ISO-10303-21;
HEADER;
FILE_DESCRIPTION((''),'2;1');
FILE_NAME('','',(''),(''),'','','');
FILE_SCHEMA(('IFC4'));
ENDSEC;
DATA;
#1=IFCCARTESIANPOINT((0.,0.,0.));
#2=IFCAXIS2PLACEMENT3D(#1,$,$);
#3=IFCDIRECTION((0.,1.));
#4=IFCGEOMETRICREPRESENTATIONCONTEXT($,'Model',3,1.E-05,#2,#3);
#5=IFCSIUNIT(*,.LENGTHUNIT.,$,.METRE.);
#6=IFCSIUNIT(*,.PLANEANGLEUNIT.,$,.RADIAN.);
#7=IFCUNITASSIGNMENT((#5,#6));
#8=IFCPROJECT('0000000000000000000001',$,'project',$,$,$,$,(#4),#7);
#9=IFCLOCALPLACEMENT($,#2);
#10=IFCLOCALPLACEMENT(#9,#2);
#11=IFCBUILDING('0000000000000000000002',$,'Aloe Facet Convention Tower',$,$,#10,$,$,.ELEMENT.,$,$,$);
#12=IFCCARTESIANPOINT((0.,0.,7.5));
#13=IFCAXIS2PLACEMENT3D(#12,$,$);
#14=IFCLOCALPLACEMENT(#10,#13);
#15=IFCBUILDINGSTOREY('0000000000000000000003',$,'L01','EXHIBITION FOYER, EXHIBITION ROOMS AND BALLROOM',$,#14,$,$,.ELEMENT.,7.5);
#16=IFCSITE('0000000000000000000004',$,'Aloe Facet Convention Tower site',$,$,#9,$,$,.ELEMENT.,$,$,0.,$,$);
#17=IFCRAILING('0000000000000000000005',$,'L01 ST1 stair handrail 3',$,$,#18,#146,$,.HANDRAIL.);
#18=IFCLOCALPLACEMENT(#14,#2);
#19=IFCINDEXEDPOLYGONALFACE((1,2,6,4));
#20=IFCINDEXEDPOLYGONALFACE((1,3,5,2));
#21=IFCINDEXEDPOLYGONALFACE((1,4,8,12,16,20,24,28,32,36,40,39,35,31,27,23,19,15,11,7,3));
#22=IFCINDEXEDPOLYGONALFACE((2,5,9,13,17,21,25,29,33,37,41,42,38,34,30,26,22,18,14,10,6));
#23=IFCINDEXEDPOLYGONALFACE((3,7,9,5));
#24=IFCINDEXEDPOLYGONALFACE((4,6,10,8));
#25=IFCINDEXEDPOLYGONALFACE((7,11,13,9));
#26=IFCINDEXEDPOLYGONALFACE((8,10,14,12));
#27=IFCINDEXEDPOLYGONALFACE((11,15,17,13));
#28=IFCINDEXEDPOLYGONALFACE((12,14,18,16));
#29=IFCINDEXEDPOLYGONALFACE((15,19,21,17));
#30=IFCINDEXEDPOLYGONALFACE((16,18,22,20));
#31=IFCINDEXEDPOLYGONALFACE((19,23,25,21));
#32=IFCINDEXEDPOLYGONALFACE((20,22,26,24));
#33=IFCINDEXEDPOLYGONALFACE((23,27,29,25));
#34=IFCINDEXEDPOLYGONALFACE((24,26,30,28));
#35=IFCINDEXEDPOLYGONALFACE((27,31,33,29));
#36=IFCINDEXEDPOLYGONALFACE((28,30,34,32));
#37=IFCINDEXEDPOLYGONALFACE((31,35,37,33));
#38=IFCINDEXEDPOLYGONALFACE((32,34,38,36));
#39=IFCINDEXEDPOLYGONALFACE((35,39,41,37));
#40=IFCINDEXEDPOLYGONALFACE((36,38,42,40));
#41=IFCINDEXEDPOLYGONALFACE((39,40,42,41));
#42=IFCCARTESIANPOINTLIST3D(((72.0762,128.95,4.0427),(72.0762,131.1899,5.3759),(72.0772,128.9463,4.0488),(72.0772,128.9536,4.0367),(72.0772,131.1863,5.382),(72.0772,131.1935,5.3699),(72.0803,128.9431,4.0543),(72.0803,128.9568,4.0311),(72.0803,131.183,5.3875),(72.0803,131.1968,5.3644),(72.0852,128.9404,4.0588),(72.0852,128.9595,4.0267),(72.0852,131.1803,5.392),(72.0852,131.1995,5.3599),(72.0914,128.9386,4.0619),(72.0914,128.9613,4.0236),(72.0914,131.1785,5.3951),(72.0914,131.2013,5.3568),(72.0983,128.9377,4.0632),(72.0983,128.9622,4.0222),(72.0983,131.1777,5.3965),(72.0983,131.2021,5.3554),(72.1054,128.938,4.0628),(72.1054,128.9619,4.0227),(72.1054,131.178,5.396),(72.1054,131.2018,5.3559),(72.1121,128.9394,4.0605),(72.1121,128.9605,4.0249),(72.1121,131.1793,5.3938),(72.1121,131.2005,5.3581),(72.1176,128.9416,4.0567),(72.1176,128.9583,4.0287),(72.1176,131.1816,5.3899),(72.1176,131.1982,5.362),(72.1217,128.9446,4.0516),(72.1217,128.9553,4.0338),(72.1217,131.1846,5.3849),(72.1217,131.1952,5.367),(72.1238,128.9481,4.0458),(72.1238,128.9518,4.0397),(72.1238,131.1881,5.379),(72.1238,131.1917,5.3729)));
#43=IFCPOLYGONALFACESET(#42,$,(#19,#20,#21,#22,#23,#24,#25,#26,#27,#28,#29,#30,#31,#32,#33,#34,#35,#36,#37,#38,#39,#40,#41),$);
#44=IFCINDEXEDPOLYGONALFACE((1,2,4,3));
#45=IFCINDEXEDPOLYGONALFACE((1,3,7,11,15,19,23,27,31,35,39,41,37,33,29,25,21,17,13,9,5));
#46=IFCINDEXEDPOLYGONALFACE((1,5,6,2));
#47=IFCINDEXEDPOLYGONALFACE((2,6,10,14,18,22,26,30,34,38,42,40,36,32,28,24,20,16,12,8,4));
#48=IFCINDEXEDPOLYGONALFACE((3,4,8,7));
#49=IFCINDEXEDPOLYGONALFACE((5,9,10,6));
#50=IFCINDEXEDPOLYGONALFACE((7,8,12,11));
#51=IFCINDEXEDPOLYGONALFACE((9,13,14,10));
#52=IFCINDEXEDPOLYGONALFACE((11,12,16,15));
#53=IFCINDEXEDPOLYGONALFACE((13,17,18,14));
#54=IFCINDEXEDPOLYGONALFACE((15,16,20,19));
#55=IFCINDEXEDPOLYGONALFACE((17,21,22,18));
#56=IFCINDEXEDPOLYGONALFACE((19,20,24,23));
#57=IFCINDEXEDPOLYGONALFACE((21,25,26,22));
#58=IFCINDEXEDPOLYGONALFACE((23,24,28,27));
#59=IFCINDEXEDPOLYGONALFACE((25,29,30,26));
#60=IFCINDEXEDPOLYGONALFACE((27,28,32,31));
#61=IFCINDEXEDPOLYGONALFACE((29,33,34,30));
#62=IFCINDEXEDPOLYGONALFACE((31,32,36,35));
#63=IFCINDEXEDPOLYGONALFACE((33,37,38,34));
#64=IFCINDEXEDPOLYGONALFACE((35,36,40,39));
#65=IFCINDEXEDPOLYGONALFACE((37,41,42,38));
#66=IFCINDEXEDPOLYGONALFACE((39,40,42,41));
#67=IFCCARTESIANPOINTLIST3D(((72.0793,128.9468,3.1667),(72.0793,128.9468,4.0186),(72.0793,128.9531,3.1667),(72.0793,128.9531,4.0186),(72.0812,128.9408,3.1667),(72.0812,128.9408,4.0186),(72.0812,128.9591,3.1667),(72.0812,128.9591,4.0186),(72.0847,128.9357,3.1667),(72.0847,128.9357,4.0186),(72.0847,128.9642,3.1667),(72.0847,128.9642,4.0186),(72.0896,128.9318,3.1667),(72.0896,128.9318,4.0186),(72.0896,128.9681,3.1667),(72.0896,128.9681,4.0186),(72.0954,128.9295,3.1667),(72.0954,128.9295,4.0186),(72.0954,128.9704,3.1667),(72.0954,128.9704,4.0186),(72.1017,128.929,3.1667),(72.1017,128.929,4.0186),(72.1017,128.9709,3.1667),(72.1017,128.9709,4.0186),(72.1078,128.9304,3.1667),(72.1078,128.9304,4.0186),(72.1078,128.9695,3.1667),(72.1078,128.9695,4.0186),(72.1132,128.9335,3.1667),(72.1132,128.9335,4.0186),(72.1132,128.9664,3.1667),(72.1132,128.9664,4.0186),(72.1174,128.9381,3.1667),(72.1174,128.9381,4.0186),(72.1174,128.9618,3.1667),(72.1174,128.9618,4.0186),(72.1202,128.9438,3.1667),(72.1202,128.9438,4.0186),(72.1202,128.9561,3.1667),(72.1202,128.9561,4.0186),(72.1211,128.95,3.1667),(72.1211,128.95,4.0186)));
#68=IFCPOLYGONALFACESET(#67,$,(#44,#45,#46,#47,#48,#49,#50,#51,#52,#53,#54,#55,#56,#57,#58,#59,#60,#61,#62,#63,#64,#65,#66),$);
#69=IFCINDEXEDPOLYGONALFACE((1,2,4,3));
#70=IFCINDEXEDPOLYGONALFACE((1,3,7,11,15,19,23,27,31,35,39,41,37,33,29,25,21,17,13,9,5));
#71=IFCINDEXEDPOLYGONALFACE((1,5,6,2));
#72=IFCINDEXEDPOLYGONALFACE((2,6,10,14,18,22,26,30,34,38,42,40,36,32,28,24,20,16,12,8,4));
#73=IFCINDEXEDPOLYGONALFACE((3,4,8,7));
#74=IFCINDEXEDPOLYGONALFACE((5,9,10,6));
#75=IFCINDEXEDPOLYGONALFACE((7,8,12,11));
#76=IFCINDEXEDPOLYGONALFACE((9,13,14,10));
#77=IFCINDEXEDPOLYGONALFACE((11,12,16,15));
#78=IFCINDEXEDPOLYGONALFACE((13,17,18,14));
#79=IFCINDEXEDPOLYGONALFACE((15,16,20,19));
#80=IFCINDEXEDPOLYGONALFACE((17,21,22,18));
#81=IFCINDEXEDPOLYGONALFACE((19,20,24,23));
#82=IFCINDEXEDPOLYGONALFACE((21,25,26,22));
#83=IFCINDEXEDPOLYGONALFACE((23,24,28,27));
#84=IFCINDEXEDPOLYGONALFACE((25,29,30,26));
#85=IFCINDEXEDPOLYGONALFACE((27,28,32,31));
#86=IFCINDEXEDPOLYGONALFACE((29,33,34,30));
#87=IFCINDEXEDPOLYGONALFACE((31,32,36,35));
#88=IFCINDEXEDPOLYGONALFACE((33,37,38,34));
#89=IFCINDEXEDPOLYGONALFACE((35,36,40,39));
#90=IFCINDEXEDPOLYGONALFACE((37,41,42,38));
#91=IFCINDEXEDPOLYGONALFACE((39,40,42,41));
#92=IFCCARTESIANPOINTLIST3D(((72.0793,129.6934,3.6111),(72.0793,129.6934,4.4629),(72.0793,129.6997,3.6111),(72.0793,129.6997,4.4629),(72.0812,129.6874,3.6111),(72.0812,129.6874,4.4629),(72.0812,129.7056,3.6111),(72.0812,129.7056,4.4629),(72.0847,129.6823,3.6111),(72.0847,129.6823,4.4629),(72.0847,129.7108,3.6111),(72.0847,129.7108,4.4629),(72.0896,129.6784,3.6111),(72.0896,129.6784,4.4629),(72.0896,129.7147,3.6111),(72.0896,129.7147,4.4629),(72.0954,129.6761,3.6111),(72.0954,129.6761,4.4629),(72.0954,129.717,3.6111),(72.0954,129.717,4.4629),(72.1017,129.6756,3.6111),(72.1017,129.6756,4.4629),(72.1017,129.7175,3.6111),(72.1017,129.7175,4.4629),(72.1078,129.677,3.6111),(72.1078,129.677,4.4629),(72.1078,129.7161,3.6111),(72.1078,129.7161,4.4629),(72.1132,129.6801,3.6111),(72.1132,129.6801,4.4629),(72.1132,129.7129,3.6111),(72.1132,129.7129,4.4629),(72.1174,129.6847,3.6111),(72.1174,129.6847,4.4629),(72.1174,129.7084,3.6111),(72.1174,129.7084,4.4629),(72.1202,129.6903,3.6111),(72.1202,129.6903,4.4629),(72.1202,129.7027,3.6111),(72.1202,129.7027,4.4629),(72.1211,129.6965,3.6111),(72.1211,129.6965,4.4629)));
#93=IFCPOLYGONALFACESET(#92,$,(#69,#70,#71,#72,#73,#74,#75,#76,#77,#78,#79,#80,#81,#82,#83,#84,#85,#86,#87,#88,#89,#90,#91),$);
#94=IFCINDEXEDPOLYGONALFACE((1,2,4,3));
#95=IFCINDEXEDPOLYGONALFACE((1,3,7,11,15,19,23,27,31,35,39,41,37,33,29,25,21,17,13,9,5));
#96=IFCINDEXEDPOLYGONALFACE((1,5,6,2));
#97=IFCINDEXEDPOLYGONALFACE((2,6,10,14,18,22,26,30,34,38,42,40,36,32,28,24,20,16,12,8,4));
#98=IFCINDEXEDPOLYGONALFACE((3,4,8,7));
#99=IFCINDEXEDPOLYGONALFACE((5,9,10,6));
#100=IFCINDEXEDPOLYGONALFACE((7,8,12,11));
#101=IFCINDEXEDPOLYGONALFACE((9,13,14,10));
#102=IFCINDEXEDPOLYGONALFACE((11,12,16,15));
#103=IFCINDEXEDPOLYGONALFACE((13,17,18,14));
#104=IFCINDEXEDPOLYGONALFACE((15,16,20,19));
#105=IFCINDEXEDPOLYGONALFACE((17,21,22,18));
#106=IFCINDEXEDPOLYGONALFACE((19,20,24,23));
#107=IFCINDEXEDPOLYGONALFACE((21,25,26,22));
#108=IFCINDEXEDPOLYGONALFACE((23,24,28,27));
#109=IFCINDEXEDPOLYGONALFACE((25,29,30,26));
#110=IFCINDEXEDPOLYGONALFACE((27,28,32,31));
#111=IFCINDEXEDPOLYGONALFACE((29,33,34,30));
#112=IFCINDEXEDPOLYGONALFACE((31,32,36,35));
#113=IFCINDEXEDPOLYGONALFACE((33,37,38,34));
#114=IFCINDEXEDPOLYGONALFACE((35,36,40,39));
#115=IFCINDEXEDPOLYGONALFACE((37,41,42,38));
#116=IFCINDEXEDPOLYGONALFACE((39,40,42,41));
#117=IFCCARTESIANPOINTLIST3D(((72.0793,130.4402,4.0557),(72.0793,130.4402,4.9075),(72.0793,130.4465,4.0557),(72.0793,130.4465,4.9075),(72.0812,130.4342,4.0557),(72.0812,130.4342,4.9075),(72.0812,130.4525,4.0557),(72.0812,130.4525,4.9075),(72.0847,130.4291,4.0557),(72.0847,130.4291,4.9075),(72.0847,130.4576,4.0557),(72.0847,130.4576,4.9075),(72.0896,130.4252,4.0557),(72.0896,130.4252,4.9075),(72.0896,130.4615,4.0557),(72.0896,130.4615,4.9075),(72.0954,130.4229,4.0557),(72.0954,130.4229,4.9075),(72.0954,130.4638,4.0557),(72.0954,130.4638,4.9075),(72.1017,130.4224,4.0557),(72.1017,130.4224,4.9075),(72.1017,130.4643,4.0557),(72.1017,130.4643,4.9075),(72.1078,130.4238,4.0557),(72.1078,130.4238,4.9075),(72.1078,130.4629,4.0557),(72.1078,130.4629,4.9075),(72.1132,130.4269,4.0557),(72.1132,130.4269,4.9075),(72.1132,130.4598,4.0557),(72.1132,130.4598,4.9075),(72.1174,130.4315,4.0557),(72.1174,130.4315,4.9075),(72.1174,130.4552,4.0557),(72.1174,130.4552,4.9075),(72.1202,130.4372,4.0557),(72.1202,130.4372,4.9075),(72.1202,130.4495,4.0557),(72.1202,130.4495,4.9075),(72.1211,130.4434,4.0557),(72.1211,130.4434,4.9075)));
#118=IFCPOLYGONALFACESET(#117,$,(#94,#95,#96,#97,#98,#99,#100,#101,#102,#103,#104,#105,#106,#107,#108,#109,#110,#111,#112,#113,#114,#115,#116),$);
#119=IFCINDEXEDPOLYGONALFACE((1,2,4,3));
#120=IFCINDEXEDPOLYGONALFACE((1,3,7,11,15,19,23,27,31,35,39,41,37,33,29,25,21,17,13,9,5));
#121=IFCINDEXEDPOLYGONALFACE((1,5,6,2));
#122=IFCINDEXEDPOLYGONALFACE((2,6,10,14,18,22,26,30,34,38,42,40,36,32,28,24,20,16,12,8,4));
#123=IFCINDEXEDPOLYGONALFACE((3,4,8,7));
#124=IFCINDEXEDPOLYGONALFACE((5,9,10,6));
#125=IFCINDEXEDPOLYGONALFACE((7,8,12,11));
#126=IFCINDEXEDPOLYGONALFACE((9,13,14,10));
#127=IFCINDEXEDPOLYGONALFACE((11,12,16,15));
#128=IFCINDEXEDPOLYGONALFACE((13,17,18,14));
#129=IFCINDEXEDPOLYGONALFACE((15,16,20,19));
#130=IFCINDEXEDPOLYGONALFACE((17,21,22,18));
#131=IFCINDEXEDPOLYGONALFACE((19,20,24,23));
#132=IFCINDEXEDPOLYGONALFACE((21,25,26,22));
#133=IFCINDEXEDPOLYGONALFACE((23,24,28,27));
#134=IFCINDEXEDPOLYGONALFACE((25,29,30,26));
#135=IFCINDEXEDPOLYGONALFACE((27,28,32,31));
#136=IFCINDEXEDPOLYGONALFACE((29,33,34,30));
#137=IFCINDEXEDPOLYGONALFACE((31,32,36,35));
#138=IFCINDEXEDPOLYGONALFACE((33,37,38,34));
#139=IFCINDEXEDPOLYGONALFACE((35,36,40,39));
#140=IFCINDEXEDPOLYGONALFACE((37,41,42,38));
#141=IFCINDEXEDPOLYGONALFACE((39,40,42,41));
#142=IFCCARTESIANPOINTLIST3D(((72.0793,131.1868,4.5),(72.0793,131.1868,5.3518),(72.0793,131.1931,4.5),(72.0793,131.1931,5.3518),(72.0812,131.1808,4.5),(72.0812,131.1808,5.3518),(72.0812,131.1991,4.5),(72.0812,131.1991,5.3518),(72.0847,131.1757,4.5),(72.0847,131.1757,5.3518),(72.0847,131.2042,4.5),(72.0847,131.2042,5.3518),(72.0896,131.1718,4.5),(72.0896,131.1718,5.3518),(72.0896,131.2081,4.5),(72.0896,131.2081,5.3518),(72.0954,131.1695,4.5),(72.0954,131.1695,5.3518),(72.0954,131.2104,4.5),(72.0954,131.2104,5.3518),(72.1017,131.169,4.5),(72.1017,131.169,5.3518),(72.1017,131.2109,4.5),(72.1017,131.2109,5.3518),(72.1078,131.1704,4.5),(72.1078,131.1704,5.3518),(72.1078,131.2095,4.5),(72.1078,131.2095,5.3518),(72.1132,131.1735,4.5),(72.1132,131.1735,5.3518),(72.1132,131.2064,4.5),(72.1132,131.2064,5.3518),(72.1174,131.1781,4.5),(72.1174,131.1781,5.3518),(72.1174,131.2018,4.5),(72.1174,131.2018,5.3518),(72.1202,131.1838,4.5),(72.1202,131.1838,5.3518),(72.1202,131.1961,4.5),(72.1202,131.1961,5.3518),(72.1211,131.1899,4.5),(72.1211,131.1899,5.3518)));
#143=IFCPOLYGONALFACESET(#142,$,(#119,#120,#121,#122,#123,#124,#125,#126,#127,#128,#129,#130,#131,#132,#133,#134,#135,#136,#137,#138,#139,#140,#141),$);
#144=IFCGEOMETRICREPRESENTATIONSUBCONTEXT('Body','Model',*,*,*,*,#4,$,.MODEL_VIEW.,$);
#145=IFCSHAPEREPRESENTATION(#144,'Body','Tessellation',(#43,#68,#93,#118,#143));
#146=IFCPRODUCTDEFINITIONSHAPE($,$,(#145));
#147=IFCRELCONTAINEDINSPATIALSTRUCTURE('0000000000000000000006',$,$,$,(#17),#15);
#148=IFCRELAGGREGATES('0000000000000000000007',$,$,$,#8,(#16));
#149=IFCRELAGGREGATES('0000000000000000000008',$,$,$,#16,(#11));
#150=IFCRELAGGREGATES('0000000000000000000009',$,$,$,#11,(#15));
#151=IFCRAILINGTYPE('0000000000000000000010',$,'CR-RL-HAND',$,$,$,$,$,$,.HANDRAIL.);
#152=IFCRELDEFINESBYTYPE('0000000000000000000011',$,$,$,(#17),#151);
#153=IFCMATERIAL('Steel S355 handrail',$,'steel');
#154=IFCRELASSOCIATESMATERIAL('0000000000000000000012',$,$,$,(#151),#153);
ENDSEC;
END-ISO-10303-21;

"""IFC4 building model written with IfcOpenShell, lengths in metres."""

from ifc_helpers import new_model, si_unit, direction, frame, origin, origin_2d, place, context, subcontext, project, spatial, circle, extrude, material, type_object, element, save


model = new_model("IFC4")

# Units and contexts
model_context = context("Model", 3, precision=1e-05, world=origin(), true_north=direction((0.0, 1.0)))
body_context = subcontext(model_context, "Body", "Model", "MODEL_VIEW")
ifc_project = project(units=[si_unit("LENGTHUNIT", "METRE"), si_unit("PLANEANGLEUNIT", "RADIAN")], contexts=[model_context])

# Site, building, storey
site_placement = place(None, origin())
site = spatial("IfcSite", under=ifc_project, at=site_placement, Name="Aloe Facet Convention Tower site", CompositionType="ELEMENT", RefElevation=0.0)
building_placement = place(site_placement, origin())
building = spatial("IfcBuilding", under=site, at=building_placement, Name="Aloe Facet Convention Tower", CompositionType="ELEMENT")
storey_placement = place(building_placement, frame((0.0, 0.0, 7.5)))
storey = spatial("IfcBuildingStorey", under=building, at=storey_placement, Name="L01", Description="EXHIBITION FOYER, EXHIBITION ROOMS AND BALLROOM", CompositionType="ELEMENT", Elevation=7.5)

# Railing
ifc_material_1 = material(Name="Steel S355 handrail", Category="steel")
railing_type_1 = type_object("IfcRailingType", Name="CR-RL-HAND", PredefinedType="HANDRAIL", material=ifc_material_1)
for number, where, name in (
    (1, (72.1001, 128.95, 3.1667), "L01 ST1 stair handrail 3"),
):
    element("IfcRailing", number, at=place(storey_placement, frame(where)), inside=storey, type_object=railing_type_1, Name=name, PredefinedType="HANDRAIL", context=body_context, shape_type="SweptSolid", body=[
        extrude(circle(Radius=0.0239, at=origin_2d()), frame((0.0, 0.0, 0.876), z_axis=(0.0, 0.859306, 0.511462), x_axis=(-1.0, 0.0, 0.0)), (0.0, 0.0, 1.0), 2.6067),
        extrude(circle(Radius=0.021, at=origin_2d()), origin(), (0.0, 0.0, 1.0), 0.8518),
        extrude(circle(Radius=0.021, at=origin_2d()), frame((0.0, 0.7466, 0.4443)), (0.0, 0.0, 1.0), 0.8518),
        extrude(circle(Radius=0.021, at=origin_2d()), frame((0.0, 1.4934, 0.8889)), (0.0, 0.0, 1.0), 0.8518),
        extrude(circle(Radius=0.021, at=origin_2d()), frame((0.0, 2.24, 1.3333)), (0.0, 0.0, 1.0), 0.8518),
    ])

save(model, "model.ifc")
